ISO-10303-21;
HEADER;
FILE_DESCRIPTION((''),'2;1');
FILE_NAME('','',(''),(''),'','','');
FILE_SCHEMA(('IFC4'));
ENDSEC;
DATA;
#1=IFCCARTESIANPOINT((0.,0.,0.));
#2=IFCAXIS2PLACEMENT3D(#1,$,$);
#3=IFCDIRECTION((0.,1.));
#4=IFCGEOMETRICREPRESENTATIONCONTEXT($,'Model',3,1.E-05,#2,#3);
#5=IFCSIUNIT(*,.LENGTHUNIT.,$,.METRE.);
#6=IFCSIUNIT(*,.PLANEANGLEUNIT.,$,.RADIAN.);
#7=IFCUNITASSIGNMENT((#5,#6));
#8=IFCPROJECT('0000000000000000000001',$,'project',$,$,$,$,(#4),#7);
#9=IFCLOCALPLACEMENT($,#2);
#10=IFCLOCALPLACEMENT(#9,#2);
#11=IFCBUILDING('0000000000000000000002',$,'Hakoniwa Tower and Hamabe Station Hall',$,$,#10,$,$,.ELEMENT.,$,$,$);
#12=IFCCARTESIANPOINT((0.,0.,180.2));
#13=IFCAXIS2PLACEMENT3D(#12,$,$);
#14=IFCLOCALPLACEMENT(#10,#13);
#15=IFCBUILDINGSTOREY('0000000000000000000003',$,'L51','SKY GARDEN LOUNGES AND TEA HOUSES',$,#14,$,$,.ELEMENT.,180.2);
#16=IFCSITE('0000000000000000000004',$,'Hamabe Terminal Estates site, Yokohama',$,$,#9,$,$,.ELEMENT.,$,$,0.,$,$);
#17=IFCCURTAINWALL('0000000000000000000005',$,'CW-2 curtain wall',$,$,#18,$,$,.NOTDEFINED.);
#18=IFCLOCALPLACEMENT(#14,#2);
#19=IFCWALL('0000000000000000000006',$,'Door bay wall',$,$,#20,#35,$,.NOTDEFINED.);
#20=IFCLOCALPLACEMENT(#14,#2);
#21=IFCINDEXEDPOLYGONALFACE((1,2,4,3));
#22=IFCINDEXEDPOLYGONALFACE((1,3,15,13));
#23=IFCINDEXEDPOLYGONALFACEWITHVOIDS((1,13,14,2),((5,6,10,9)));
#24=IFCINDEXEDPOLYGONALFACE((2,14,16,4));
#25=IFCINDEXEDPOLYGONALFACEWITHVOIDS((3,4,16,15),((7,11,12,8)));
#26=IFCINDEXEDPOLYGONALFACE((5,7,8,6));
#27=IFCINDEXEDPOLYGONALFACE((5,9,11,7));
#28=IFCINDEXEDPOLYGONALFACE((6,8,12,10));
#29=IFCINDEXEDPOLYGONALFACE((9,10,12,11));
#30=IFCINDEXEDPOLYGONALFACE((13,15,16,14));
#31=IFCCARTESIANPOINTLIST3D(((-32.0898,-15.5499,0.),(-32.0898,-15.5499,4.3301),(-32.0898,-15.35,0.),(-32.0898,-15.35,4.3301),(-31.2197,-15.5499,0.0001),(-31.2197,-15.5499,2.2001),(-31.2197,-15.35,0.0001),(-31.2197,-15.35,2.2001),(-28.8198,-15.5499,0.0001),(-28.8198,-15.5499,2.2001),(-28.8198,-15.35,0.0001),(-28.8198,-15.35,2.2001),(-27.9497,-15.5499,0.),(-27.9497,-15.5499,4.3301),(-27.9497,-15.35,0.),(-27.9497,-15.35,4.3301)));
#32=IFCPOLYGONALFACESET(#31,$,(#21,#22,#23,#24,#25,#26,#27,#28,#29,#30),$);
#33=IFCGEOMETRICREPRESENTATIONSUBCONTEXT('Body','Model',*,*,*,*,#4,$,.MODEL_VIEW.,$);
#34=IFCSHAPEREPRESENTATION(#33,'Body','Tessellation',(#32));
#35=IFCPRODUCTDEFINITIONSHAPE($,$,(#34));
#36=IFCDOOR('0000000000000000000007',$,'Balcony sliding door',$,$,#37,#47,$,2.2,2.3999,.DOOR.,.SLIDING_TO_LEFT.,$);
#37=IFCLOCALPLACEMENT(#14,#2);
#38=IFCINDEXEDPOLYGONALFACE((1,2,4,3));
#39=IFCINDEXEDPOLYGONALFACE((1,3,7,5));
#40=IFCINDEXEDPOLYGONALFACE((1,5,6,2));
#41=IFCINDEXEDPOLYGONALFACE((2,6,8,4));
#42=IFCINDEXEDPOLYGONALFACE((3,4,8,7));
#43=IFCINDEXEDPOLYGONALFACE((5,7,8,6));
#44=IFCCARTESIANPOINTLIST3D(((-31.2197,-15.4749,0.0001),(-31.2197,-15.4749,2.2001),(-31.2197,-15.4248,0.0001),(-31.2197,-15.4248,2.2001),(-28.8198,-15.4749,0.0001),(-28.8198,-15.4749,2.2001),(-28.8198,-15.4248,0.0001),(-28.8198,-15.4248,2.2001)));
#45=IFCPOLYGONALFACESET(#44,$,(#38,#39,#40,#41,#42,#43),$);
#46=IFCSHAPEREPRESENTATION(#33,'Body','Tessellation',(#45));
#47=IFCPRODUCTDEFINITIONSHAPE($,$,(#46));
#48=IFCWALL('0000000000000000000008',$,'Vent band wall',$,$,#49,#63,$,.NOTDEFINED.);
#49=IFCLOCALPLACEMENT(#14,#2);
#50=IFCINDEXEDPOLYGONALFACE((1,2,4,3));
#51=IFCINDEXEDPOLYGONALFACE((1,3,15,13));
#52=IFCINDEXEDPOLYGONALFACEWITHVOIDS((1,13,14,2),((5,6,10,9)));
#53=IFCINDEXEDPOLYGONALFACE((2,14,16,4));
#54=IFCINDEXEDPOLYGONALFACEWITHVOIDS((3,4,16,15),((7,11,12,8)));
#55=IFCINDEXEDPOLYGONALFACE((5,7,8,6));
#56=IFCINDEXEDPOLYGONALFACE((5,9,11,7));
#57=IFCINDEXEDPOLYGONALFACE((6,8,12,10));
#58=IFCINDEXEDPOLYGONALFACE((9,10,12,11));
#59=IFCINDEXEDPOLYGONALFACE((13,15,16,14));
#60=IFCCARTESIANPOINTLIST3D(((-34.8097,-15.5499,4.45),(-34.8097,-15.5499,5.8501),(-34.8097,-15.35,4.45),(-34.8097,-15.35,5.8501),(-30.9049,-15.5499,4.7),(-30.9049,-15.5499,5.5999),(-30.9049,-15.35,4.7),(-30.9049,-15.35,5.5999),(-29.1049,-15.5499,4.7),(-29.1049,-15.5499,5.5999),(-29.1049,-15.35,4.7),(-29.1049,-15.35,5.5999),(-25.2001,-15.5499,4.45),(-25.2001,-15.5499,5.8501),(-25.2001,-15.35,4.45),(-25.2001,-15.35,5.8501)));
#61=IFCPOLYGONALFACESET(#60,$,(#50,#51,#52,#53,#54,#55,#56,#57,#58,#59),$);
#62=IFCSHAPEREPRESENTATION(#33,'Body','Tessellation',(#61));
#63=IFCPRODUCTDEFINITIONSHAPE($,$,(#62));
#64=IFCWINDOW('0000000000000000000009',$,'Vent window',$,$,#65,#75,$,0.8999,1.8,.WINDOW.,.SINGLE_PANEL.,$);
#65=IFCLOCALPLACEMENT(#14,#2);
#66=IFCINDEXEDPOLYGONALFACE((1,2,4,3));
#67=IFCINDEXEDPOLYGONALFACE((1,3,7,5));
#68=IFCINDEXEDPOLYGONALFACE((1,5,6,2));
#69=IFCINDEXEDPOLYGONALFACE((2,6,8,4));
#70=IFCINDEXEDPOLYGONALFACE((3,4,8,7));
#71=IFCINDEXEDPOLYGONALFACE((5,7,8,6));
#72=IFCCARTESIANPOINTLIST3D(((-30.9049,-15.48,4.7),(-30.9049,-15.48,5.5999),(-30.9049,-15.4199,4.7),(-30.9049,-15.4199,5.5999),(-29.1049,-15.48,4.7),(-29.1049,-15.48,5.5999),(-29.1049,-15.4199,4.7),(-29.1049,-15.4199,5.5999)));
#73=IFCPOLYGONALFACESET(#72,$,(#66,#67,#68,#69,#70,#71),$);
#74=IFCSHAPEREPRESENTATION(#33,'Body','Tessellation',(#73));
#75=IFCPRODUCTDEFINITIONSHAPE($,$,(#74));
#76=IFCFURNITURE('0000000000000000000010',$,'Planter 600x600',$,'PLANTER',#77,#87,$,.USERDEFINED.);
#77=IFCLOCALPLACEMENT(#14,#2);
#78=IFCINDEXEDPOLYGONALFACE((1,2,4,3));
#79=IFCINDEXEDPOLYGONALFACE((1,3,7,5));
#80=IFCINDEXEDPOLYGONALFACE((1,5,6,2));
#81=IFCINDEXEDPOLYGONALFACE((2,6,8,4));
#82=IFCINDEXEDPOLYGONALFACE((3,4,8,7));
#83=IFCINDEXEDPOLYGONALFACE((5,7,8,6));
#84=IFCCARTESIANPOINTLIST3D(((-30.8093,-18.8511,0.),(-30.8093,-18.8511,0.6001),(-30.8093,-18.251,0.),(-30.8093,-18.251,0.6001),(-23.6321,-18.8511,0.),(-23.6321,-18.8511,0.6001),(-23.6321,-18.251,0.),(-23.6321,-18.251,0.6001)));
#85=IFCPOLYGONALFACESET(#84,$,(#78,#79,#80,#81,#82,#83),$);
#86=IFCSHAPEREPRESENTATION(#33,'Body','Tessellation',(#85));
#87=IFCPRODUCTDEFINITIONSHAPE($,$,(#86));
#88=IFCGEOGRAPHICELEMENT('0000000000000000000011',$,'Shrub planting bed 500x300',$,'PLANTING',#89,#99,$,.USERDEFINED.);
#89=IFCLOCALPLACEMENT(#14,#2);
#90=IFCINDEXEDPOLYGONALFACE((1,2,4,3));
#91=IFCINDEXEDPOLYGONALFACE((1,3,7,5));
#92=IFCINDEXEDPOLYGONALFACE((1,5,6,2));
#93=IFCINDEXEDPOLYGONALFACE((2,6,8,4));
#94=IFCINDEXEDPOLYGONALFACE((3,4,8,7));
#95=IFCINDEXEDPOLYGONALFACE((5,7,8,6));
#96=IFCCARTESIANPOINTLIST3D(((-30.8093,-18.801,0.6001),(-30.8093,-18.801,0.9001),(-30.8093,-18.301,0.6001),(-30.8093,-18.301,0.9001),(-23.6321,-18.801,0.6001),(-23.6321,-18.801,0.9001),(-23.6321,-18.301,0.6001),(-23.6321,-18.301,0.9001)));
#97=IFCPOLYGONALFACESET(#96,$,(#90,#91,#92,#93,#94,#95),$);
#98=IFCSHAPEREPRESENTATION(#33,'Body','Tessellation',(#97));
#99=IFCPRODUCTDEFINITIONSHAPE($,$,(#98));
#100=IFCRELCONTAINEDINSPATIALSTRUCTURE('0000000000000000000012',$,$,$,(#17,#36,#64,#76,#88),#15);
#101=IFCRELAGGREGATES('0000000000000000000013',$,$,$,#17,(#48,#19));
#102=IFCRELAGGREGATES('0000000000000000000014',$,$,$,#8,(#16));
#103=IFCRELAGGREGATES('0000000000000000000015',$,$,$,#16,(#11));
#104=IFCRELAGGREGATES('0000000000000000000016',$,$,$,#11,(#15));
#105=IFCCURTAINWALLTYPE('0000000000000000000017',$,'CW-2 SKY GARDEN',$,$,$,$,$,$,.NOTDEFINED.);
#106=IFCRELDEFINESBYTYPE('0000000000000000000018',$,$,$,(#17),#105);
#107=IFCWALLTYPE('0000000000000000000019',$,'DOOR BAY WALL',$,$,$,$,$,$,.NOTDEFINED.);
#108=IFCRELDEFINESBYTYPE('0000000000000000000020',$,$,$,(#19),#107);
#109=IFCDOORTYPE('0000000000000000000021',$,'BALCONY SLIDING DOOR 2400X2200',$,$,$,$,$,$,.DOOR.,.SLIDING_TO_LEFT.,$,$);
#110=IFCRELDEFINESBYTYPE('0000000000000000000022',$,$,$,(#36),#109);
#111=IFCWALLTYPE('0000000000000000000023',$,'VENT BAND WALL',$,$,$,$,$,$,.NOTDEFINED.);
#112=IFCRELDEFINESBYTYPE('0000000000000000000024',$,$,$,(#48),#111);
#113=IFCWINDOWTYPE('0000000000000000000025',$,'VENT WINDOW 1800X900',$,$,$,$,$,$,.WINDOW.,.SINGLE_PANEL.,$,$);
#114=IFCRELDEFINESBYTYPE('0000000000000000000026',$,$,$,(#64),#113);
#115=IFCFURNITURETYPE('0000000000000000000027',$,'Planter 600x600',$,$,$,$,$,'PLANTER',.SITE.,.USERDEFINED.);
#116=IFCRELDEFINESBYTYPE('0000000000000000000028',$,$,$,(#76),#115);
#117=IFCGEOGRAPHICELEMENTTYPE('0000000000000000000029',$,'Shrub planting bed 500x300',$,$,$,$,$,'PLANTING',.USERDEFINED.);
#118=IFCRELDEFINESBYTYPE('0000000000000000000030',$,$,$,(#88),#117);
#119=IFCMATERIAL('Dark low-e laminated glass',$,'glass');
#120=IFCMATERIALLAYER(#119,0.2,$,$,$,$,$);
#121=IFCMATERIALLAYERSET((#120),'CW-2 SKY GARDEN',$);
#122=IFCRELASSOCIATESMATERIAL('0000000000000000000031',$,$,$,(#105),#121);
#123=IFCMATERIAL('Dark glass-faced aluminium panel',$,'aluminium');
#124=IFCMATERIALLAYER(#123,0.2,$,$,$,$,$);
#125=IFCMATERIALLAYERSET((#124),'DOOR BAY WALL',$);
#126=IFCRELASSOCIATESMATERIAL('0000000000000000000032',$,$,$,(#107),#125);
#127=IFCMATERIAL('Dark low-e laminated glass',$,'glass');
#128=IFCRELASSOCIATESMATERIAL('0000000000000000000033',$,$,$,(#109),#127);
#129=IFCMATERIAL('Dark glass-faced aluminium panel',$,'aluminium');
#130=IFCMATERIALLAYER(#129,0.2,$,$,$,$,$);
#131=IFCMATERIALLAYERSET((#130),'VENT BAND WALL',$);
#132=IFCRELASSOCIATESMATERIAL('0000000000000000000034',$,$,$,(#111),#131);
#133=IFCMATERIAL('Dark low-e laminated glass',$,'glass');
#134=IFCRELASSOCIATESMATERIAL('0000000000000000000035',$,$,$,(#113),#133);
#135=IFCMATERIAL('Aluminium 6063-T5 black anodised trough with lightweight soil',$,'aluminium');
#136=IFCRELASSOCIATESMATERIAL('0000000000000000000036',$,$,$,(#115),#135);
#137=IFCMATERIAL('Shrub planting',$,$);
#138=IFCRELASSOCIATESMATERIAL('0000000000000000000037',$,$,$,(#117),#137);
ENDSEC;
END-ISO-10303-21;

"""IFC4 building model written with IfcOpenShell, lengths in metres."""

from ifc_helpers import new_model, si_unit, direction, frame, frame_2d, origin, origin_2d, place, context, subcontext, project, spatial, rectangle, extrude, material, layer, layer_set, type_object, element, fill, aggregate, save


model = new_model("IFC4")

# Units and contexts
model_context = context("Model", 3, precision=1e-05, world=origin(), true_north=direction((0.0, 1.0)))
body_context = subcontext(model_context, "Body", "Model", "MODEL_VIEW")
ifc_project = project(units=[si_unit("LENGTHUNIT", "METRE"), si_unit("PLANEANGLEUNIT", "RADIAN")], contexts=[model_context])

# Site, building, storey
site_placement = place(None, origin())
site = spatial("IfcSite", under=ifc_project, at=site_placement, Name="Hamabe Terminal Estates site, Yokohama", CompositionType="ELEMENT", RefElevation=0.0)
building_placement = place(site_placement, origin())
building = spatial("IfcBuilding", under=site, at=building_placement, Name="Hakoniwa Tower and Hamabe Station Hall", CompositionType="ELEMENT")
storey_placement = place(building_placement, frame((0.0, 0.0, 180.2)))
storey = spatial("IfcBuildingStorey", under=building, at=storey_placement, Name="L51", Description="SKY GARDEN LOUNGES AND TEA HOUSES", CompositionType="ELEMENT", Elevation=180.2)

# Curtain wall
ifc_material_1 = material(Name="Dark low-e laminated glass", Category="glass")
ifc_layer_1 = layer(ifc_material_1, 0.2)
ifc_layer_set_1 = layer_set([ifc_layer_1], Name="CW-2 SKY GARDEN")
curtain_wall_type = type_object("IfcCurtainWallType", Name="CW-2 SKY GARDEN", PredefinedType="NOTDEFINED", material=ifc_layer_set_1)
curtain_wall_placement = place(storey_placement, origin())
curtain_wall = element("IfcCurtainWall", 1, at=curtain_wall_placement, inside=storey, type_object=curtain_wall_type, Name="CW-2 curtain wall", PredefinedType="NOTDEFINED")

# Wall, opening, door
ifc_material_2 = material(Name="Dark glass-faced aluminium panel", Category="aluminium")
ifc_layer_2 = layer(ifc_material_2, 0.2)
ifc_layer_set_2 = layer_set([ifc_layer_2], Name="DOOR BAY WALL")
wall_type_1 = type_object("IfcWallType", Name="DOOR BAY WALL", PredefinedType="NOTDEFINED", material=ifc_layer_set_2)
wall_1_placement = place(storey_placement, frame((-32.0898, -15.45, 0.0), z_axis=(0.0, 0.0, 1.0), x_axis=(1.0, 0.0, 0.0)))
wall_1 = element("IfcWall", 2, at=wall_1_placement, type_object=wall_type_1, Name="Door bay wall", PredefinedType="NOTDEFINED", context=body_context, shape_type="SweptSolid", body=[
    extrude(rectangle(XDim=4.1401, YDim=0.2, at=frame_2d((2.0701, 0.0))), origin(), (0.0, 0.0, 1.0), 4.3301),
])
opening_1_placement = place(wall_1_placement, frame((0.8701, 0.0, 0.0)))
opening_1 = element("IfcOpeningElement", 3, at=opening_1_placement, cuts=wall_1, PredefinedType="OPENING", context=body_context, shape_type="SweptSolid", body=[
    extrude(rectangle(XDim=2.3999, YDim=2.2, at=frame_2d((1.2, 1.1001))), frame((0.0, 0.1099, 0.0), z_axis=(0.0, -1.0, 0.0), x_axis=(1.0, 0.0, 0.0)), (0.0, 0.0, 1.0), 0.22),
])
ifc_material_3 = material(Name="Dark low-e laminated glass", Category="glass")
door_type_1 = type_object("IfcDoorType", Name="BALCONY SLIDING DOOR 2400X2200", OperationType="SLIDING_TO_LEFT", PredefinedType="DOOR", material=ifc_material_3)
door_1_placement = place(opening_1_placement, frame((2.3999, 0.0, 0.0), z_axis=(0.0, 0.0, 1.0), x_axis=(-1.0, 0.0, 0.0)))
door_1 = element("IfcDoor", 4, at=door_1_placement, inside=storey, type_object=door_type_1, Name="Balcony sliding door", OperationType="SLIDING_TO_LEFT", OverallHeight=2.2, OverallWidth=2.3999, PredefinedType="DOOR", context=body_context, shape_type="SweptSolid", body=[
    extrude(rectangle(XDim=2.3999, YDim=2.2, at=frame_2d((1.2, 1.1001))), frame((0.0, 0.0249, 0.0), z_axis=(0.0, -1.0, 0.0), x_axis=(1.0, 0.0, 0.0)), (0.0, 0.0, 1.0), 0.05),
])
fill(opening_1, door_1)

# Wall, opening, window
ifc_material_4 = material(Name="Dark glass-faced aluminium panel", Category="aluminium")
ifc_layer_3 = layer(ifc_material_4, 0.2)
ifc_layer_set_3 = layer_set([ifc_layer_3], Name="VENT BAND WALL")
wall_type_2 = type_object("IfcWallType", Name="VENT BAND WALL", PredefinedType="NOTDEFINED", material=ifc_layer_set_3)
wall_2_placement = place(storey_placement, frame((-34.8096, -15.45, 4.45), z_axis=(0.0, 0.0, 1.0), x_axis=(1.0, 0.0, 0.0)))
wall_2 = element("IfcWall", 5, at=wall_2_placement, type_object=wall_type_2, Name="Vent band wall", PredefinedType="NOTDEFINED", context=body_context, shape_type="SweptSolid", body=[
    extrude(rectangle(XDim=9.6096, YDim=0.2, at=frame_2d((4.8047, 0.0))), origin(), (0.0, 0.0, 1.0), 1.4001),
])
opening_2_placement = place(wall_2_placement, frame((3.9048, 0.0, 0.25)))
opening_2 = element("IfcOpeningElement", 6, at=opening_2_placement, cuts=wall_2, PredefinedType="OPENING", context=body_context, shape_type="SweptSolid", body=[
    extrude(rectangle(XDim=1.8, YDim=0.8999, at=frame_2d((0.8999, 0.45))), frame((0.0, 0.1099, 0.0), z_axis=(0.0, -1.0, 0.0), x_axis=(1.0, 0.0, 0.0)), (0.0, 0.0, 1.0), 0.22),
])
ifc_material_5 = material(Name="Dark low-e laminated glass", Category="glass")
window_type = type_object("IfcWindowType", Name="VENT WINDOW 1800X900", PartitioningType="SINGLE_PANEL", PredefinedType="WINDOW", material=ifc_material_5)
window_placement = place(opening_2_placement, origin())
window = element("IfcWindow", 7, at=window_placement, inside=storey, type_object=window_type, Name="Vent window", OverallHeight=0.8999, OverallWidth=1.8, PartitioningType="SINGLE_PANEL", PredefinedType="WINDOW", context=body_context, shape_type="SweptSolid", body=[
    extrude(rectangle(XDim=1.8, YDim=0.8999, at=frame_2d((0.8999, 0.45))), frame((0.0, 0.03, 0.0), z_axis=(0.0, -1.0, 0.0), x_axis=(1.0, 0.0, 0.0)), (0.0, 0.0, 1.0), 0.0601),
])
fill(opening_2, window)
aggregate(curtain_wall, [wall_2, wall_1])

# Furniture
ifc_material_6 = material(Name="Aluminium 6063-T5 black anodised trough with lightweight soil", Category="aluminium")
furniture_type = type_object("IfcFurnitureType", Name="Planter 600x600", ElementType="PLANTER", AssemblyPlace="SITE", PredefinedType="USERDEFINED", material=ifc_material_6)
furniture_placement = place(storey_placement, frame((-27.2207, -18.551, 0.0), z_axis=(0.0, 0.0, 1.0), x_axis=(1.0, 0.0, 0.0)))
element("IfcFurniture", 8, at=furniture_placement, inside=storey, type_object=furniture_type, Name="Planter 600x600", ObjectType="PLANTER", PredefinedType="USERDEFINED", context=body_context, shape_type="SweptSolid", body=[
    extrude(rectangle(XDim=7.1772, YDim=0.6001, at=origin_2d()), origin(), (0.0, 0.0, 1.0), 0.6001),
])

# Geographic element
ifc_material_7 = material(Name="Shrub planting")
geographic_element_type = type_object("IfcGeographicElementType", Name="Shrub planting bed 500x300", ElementType="PLANTING", PredefinedType="USERDEFINED", material=ifc_material_7)
geographic_element_placement = place(storey_placement, frame((-27.2207, -18.551, 0.6001), z_axis=(0.0, 0.0, 1.0), x_axis=(1.0, 0.0, 0.0)))
element("IfcGeographicElement", 9, at=geographic_element_placement, inside=storey, type_object=geographic_element_type, Name="Shrub planting bed 500x300", ObjectType="PLANTING", PredefinedType="USERDEFINED", context=body_context, shape_type="SweptSolid", body=[
    extrude(rectangle(XDim=7.1772, YDim=0.5, at=origin_2d()), origin(), (0.0, 0.0, 1.0), 0.3),
])

save(model, "model.ifc")
